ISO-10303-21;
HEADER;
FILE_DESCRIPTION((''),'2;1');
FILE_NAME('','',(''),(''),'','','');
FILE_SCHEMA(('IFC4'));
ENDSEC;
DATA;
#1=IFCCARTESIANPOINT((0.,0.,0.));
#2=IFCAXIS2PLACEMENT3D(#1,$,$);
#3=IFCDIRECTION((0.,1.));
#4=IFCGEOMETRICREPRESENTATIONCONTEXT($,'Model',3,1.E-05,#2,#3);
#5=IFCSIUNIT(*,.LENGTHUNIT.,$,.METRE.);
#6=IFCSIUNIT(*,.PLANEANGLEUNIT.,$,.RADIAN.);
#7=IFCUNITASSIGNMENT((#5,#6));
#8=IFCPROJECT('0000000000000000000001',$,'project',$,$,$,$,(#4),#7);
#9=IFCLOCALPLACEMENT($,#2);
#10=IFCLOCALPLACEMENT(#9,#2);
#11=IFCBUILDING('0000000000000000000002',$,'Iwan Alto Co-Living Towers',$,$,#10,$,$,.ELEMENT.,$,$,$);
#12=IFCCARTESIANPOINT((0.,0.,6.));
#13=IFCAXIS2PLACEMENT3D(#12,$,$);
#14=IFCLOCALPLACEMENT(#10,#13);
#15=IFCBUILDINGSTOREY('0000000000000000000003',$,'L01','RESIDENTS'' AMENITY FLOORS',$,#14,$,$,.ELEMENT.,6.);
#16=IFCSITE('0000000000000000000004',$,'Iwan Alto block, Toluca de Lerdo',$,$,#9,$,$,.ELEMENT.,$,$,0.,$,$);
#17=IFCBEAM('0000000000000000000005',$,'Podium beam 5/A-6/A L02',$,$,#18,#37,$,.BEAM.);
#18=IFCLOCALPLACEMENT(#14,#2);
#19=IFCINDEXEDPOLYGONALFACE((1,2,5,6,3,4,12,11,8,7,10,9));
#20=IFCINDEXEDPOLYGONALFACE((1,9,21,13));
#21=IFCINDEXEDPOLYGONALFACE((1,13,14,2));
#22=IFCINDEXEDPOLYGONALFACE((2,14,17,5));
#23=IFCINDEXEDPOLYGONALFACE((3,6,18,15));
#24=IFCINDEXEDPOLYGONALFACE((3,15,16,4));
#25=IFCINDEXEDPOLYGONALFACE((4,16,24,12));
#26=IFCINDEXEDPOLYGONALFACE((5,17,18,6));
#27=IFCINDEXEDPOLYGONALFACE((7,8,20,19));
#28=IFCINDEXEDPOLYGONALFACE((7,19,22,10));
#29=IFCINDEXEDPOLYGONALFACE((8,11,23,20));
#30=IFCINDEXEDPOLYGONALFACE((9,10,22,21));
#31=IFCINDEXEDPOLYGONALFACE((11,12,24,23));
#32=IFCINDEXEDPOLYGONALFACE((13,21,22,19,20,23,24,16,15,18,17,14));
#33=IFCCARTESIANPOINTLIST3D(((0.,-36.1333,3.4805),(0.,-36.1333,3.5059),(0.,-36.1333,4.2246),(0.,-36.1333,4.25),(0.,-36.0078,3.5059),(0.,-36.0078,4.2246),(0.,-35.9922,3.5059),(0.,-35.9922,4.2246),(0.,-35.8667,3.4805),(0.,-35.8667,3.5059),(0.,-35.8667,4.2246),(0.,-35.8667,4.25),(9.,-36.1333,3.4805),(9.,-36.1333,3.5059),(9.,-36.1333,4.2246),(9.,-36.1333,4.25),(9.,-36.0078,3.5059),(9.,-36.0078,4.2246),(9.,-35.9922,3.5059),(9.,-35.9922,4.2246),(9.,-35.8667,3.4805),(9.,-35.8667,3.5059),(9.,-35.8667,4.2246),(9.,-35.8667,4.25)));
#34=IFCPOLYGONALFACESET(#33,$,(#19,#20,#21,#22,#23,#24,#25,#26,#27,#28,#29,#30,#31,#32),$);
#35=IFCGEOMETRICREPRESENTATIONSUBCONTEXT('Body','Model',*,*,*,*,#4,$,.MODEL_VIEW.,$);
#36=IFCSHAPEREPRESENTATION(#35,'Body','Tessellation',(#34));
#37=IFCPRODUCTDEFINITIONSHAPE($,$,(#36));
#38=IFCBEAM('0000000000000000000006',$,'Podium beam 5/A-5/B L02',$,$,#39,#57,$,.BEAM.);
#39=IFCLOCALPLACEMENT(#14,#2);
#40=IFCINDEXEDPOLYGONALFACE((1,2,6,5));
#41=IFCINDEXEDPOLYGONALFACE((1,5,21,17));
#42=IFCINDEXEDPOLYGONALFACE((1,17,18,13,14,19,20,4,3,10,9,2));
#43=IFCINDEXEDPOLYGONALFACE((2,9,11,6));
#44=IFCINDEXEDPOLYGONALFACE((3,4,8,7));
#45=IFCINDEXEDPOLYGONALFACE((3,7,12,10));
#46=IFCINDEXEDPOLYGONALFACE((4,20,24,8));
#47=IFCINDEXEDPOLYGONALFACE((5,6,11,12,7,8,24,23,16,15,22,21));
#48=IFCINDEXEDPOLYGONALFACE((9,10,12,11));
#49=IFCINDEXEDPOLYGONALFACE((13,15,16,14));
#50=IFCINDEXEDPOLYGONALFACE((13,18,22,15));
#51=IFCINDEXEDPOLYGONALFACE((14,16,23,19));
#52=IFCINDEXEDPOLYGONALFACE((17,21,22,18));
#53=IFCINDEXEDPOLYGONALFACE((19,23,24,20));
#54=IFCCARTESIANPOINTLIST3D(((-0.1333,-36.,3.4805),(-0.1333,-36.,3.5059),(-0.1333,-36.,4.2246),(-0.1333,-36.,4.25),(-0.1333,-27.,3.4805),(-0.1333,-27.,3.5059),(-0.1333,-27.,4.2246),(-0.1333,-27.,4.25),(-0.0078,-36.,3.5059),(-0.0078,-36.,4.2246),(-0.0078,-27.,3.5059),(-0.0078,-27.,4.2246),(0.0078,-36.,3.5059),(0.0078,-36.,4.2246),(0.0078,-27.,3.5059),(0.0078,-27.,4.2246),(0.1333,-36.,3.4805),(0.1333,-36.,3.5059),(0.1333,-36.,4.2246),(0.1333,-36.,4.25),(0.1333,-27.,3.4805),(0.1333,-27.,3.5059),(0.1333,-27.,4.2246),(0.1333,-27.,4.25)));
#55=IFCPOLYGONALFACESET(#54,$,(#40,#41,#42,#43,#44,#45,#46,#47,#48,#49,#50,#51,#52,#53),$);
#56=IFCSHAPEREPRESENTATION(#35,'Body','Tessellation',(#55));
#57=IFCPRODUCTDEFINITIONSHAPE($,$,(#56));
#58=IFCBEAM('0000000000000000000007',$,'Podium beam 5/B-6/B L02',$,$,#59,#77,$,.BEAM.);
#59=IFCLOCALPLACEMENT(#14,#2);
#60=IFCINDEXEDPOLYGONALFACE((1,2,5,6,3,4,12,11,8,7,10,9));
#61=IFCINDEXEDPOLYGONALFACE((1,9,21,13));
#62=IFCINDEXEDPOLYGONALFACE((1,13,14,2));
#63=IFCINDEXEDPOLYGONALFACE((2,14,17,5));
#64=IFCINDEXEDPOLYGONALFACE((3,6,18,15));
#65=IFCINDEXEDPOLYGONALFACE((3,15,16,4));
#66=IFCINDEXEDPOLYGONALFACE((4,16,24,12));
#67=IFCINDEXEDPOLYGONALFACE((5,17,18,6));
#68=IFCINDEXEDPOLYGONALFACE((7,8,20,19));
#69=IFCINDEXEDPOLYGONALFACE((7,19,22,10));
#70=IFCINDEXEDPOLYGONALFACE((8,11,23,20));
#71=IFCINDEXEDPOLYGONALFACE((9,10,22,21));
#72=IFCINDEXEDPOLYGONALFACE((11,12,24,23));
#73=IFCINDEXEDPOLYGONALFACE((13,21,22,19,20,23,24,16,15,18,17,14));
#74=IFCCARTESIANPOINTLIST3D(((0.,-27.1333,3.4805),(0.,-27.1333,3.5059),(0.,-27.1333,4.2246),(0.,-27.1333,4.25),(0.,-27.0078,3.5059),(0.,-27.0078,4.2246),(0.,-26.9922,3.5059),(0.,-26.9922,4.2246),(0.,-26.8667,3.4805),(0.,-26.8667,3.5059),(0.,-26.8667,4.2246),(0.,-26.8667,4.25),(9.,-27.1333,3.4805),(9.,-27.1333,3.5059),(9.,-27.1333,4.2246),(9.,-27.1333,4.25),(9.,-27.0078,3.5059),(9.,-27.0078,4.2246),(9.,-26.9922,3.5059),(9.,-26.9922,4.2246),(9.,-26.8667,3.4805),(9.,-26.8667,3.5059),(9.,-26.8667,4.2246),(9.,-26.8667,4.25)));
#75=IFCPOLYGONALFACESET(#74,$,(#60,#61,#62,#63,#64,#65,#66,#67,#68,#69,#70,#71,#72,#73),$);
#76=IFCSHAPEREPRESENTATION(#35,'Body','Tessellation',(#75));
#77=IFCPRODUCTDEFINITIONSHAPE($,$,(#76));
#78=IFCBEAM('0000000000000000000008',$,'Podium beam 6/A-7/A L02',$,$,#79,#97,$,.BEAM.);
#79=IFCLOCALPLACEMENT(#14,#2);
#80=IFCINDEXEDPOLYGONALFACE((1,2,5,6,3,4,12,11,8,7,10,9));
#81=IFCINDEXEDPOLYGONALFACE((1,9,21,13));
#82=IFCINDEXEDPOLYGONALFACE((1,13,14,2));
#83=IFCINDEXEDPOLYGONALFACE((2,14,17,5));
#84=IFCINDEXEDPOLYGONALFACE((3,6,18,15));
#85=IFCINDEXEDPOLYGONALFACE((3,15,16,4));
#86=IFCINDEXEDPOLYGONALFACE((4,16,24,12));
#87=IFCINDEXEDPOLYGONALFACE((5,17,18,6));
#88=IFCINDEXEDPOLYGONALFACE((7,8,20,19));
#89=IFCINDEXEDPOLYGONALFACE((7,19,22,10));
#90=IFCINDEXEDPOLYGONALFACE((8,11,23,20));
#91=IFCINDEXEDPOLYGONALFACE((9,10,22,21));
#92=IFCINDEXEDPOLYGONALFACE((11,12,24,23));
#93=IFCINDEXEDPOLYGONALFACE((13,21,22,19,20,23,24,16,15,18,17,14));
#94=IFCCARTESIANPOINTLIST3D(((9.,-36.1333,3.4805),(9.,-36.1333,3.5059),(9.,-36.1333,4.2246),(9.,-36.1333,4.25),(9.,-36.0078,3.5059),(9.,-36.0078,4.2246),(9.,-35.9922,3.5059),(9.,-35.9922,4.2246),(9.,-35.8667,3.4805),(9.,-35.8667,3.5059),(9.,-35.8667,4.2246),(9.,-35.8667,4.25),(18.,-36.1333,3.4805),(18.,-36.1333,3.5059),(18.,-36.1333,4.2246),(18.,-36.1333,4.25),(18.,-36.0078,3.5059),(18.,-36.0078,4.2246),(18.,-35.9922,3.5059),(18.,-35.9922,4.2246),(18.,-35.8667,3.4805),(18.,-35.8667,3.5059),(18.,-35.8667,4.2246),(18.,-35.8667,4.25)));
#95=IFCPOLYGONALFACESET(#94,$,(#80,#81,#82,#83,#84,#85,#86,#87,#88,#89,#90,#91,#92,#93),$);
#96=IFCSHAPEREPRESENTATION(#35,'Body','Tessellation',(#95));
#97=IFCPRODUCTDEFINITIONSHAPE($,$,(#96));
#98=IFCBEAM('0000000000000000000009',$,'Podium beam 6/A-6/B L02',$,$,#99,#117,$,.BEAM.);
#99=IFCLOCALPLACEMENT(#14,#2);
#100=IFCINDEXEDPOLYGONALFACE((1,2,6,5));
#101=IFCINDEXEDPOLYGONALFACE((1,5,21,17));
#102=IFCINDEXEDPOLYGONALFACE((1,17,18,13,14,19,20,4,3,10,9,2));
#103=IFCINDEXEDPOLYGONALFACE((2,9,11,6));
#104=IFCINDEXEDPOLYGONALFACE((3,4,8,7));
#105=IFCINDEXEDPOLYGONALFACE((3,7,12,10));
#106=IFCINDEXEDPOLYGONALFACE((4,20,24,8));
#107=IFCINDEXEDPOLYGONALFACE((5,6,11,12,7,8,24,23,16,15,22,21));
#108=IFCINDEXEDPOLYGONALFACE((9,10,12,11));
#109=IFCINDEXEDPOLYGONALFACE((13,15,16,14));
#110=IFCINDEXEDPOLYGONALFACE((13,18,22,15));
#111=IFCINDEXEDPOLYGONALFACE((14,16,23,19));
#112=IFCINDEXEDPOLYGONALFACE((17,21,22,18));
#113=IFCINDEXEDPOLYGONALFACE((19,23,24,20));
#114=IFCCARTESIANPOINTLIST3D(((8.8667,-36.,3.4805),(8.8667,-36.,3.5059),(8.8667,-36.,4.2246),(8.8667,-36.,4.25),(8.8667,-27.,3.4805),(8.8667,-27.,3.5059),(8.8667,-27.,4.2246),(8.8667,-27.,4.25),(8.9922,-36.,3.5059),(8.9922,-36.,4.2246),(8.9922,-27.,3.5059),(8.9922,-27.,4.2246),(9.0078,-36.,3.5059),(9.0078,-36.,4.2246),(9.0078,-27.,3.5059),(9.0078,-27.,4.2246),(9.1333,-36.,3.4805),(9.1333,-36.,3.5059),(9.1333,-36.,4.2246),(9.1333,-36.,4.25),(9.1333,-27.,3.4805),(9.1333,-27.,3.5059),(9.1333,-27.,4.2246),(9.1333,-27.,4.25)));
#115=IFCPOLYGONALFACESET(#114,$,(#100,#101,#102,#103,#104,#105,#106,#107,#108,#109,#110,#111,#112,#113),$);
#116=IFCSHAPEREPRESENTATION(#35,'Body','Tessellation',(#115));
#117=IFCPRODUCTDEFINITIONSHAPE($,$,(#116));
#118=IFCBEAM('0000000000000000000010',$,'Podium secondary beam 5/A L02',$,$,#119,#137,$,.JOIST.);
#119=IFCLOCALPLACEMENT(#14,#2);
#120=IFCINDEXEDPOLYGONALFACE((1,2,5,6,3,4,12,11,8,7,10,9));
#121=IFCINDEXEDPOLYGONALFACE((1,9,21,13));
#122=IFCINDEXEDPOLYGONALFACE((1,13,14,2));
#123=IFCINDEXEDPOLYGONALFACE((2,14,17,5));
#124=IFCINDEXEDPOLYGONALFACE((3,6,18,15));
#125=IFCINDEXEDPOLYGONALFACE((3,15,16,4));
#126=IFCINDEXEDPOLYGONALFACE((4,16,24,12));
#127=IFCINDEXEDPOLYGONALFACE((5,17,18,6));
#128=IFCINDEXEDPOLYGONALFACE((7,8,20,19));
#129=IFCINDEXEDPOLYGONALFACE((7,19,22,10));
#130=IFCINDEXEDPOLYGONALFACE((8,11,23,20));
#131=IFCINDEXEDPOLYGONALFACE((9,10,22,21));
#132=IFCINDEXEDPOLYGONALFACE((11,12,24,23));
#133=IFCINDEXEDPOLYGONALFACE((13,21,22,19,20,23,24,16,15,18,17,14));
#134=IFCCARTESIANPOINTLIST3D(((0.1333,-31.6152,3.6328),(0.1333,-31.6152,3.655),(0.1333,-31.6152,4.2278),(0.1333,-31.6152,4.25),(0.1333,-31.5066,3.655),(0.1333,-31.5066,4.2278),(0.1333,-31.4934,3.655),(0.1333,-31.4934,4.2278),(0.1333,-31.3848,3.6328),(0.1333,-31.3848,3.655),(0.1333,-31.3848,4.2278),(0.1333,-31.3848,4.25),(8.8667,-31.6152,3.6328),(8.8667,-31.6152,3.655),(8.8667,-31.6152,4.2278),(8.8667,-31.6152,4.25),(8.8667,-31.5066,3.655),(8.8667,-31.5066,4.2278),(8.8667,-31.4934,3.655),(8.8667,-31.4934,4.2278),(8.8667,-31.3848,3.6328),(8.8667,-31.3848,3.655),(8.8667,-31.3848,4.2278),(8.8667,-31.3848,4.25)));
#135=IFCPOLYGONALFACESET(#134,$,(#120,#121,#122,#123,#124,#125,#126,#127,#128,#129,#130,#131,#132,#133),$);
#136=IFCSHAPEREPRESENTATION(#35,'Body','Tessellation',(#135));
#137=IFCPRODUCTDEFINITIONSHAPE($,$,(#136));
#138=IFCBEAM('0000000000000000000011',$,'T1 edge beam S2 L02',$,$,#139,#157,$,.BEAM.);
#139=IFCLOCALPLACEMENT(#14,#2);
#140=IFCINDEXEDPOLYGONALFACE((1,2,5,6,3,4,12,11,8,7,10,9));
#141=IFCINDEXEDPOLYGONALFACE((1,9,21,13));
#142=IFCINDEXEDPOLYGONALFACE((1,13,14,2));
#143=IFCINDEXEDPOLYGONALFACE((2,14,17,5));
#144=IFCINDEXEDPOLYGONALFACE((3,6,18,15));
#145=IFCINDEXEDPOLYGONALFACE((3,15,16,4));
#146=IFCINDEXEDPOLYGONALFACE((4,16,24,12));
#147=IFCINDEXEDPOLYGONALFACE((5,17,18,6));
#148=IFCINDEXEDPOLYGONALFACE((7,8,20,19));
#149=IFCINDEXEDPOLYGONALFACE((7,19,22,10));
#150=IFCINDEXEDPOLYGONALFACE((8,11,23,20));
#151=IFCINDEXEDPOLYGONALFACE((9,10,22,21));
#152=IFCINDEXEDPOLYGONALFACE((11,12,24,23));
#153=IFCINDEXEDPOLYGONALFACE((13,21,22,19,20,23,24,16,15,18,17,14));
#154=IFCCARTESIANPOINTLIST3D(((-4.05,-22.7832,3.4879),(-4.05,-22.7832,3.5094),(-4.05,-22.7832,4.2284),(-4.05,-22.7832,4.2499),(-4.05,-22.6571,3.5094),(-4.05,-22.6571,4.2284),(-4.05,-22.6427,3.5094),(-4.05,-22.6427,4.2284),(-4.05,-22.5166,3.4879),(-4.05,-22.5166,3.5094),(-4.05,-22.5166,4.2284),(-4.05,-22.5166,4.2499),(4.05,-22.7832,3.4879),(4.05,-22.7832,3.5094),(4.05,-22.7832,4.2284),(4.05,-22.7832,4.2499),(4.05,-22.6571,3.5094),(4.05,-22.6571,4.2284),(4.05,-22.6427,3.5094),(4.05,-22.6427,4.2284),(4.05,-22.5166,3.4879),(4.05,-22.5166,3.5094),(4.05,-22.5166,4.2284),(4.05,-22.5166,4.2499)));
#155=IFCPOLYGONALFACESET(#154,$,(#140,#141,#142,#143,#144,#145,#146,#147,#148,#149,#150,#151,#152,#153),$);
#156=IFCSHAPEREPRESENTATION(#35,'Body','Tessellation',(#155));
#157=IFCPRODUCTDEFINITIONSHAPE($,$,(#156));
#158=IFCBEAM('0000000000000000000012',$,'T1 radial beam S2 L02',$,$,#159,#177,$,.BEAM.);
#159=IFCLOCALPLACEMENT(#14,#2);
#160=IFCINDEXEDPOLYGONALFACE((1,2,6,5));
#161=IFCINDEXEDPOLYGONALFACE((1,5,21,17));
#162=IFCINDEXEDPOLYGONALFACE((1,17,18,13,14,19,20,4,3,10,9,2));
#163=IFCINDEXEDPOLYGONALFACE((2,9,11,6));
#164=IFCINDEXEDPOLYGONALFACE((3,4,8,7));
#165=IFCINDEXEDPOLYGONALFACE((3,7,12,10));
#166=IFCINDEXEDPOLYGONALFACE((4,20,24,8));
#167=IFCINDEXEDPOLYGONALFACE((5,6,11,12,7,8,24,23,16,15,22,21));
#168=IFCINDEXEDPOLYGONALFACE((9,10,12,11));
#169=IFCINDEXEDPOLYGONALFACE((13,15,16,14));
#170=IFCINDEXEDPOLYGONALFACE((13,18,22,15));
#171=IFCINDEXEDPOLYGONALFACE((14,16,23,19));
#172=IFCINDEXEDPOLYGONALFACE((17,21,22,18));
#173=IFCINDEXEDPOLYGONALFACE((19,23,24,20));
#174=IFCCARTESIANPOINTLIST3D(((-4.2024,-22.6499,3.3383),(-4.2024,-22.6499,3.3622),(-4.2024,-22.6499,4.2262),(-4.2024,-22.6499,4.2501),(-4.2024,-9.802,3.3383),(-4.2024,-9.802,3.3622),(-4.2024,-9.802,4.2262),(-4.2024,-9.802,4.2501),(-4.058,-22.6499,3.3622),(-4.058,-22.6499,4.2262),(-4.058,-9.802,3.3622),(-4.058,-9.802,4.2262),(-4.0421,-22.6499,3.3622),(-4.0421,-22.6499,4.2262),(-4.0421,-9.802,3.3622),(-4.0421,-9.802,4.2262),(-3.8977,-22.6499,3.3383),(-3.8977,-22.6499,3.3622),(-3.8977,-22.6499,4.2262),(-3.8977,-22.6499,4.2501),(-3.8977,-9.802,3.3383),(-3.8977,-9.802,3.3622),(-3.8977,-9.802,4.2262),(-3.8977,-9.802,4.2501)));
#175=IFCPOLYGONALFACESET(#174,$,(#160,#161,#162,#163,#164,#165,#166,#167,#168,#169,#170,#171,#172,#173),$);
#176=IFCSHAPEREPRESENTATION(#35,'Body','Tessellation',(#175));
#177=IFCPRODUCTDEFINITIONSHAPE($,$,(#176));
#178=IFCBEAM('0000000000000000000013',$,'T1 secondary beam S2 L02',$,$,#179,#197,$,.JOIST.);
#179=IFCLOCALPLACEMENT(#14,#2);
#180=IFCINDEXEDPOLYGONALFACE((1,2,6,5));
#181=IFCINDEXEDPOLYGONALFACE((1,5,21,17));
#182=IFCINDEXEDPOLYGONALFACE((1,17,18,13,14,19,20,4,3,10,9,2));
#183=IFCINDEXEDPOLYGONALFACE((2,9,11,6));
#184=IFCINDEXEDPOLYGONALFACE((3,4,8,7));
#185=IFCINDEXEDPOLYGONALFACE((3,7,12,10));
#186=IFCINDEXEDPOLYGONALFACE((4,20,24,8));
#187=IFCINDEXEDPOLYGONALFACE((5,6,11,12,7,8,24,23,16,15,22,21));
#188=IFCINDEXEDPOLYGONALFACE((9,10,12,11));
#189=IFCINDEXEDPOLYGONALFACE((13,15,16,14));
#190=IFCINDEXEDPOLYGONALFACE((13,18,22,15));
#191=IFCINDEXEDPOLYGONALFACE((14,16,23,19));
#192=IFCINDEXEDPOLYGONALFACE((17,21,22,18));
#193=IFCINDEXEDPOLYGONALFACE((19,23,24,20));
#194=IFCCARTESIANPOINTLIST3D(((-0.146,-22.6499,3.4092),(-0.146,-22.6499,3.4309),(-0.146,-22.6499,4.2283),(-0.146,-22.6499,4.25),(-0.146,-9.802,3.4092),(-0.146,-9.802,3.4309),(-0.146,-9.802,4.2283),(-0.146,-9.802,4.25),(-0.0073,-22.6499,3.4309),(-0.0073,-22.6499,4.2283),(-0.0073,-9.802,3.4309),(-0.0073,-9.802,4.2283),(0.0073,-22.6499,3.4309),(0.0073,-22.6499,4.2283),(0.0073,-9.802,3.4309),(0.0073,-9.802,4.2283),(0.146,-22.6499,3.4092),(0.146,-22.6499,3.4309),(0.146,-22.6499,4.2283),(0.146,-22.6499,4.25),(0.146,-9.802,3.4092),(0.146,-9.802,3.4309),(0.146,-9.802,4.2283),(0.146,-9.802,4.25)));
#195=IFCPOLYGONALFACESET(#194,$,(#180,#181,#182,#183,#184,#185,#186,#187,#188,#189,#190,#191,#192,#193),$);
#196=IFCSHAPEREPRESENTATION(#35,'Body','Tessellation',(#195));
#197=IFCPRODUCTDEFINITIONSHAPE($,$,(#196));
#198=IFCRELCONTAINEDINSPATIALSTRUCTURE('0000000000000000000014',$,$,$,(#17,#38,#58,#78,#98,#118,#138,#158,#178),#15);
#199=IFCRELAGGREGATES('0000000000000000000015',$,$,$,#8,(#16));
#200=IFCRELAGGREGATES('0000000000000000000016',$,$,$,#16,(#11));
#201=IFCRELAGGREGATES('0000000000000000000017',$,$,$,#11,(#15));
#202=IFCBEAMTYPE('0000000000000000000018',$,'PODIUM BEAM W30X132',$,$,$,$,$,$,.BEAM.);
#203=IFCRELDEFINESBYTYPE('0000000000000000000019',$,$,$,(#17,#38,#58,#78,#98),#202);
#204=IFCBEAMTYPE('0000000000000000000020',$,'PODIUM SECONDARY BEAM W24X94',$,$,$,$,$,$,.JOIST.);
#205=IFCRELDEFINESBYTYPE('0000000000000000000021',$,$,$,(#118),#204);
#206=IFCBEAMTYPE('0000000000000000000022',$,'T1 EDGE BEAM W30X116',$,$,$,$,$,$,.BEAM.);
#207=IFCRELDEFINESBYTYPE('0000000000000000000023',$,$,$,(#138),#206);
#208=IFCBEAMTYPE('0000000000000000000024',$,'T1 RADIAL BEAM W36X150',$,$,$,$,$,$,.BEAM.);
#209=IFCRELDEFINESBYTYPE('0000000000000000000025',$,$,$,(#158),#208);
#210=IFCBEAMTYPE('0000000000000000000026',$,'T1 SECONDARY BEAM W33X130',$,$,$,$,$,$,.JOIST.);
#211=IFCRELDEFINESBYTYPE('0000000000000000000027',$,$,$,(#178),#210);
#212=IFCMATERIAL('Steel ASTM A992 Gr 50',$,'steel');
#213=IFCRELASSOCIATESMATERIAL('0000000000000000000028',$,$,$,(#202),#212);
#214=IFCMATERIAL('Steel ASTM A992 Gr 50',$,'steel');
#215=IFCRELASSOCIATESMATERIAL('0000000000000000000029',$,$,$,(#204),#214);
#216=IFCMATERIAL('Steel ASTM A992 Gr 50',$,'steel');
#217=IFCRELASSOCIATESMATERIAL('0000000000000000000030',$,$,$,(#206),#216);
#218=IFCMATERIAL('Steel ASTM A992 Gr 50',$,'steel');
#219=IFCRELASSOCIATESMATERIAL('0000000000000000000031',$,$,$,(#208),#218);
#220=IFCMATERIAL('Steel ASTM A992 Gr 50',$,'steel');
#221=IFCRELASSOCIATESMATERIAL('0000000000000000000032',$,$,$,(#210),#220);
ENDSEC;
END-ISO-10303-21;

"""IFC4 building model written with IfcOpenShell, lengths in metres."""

from ifc_helpers import new_model, si_unit, direction, frame, origin, origin_2d, place, context, subcontext, project, spatial, i_section, extrude, material, material_profile, profile_set, type_object, element, save


model = new_model("IFC4")

# Units and contexts
model_context = context("Model", 3, precision=1e-05, world=origin(), true_north=direction((0.0, 1.0)))
body_context = subcontext(model_context, "Body", "Model", "MODEL_VIEW")
ifc_project = project(units=[si_unit("LENGTHUNIT", "METRE"), si_unit("PLANEANGLEUNIT", "RADIAN")], contexts=[model_context])

# Site, building, storey
site_placement = place(None, origin())
site = spatial("IfcSite", under=ifc_project, at=site_placement, Name="Iwan Alto block, Toluca de Lerdo", CompositionType="ELEMENT", RefElevation=0.0)
building_placement = place(site_placement, origin())
building = spatial("IfcBuilding", under=site, at=building_placement, Name="Iwan Alto Co-Living Towers", CompositionType="ELEMENT")
storey_placement = place(building_placement, frame((0.0, 0.0, 6.0)))
storey = spatial("IfcBuildingStorey", under=building, at=storey_placement, Name="L01", Description="RESIDENTS' AMENITY FLOORS", CompositionType="ELEMENT", Elevation=6.0)

# Beams
ifc_material_1 = material(Name="Steel ASTM A992 Gr 50", Category="steel")
ifc_material_profile_1 = material_profile(ifc_material_1, i_section(OverallWidth=0.2666, OverallDepth=0.7695, WebThickness=0.0156, FlangeThickness=0.0254, at=origin_2d()), Name="W30X132")
ifc_profile_set_1 = profile_set([ifc_material_profile_1], Name="Steel ASTM A992 Gr 50")
beam_type_1 = type_object("IfcBeamType", Name="PODIUM BEAM W30X132", PredefinedType="BEAM", material=ifc_profile_set_1)
for number, where, z_axis, x_axis, name in (
    (1, (0.0, -36.0, 3.8652), (1.0, 0.0, 0.0), (0.0, 1.0, 0.0), "Podium beam 5/A-6/A L02"),
    (2, (0.0, -36.0, 3.8652), (0.0, 1.0, 0.0), (-1.0, 0.0, 0.0), "Podium beam 5/A-5/B L02"),
    (3, (0.0, -27.0, 3.8652), (1.0, 0.0, 0.0), (0.0, 1.0, 0.0), "Podium beam 5/B-6/B L02"),
    (4, (9.0, -36.0, 3.8652), (1.0, 0.0, 0.0), (0.0, 1.0, 0.0), "Podium beam 6/A-7/A L02"),
    (5, (9.0, -36.0, 3.8652), (0.0, 1.0, 0.0), (-1.0, 0.0, 0.0), "Podium beam 6/A-6/B L02"),
):
    element("IfcBeam", number, at=place(storey_placement, frame(where, z_axis=z_axis, x_axis=x_axis)), inside=storey, type_object=beam_type_1, Name=name, PredefinedType="BEAM", context=body_context, shape_type="SweptSolid", body=[
        extrude(i_section(OverallWidth=0.2666, OverallDepth=0.7695, WebThickness=0.0156, FlangeThickness=0.0254, at=origin_2d()), origin(), (0.0, 0.0, 1.0), 9.0),
    ])
ifc_material_2 = material(Name="Steel ASTM A992 Gr 50", Category="steel")
ifc_material_profile_2 = material_profile(ifc_material_2, i_section(OverallWidth=0.2305, OverallDepth=0.6172, WebThickness=0.0132, FlangeThickness=0.0222, at=origin_2d()), Name="W24X94")
ifc_profile_set_2 = profile_set([ifc_material_profile_2], Name="Steel ASTM A992 Gr 50")
beam_type_2 = type_object("IfcBeamType", Name="PODIUM SECONDARY BEAM W24X94", PredefinedType="JOIST", material=ifc_profile_set_2)
beam_1_placement = place(storey_placement, frame((0.1333, -31.5, 3.9414), z_axis=(1.0, 0.0, 0.0), x_axis=(0.0, 1.0, 0.0)))
element("IfcBeam", 6, at=beam_1_placement, inside=storey, type_object=beam_type_2, Name="Podium secondary beam 5/A L02", PredefinedType="JOIST", context=body_context, shape_type="SweptSolid", body=[
    extrude(i_section(OverallWidth=0.2305, OverallDepth=0.6172, WebThickness=0.0132, FlangeThickness=0.0222, at=origin_2d()), origin(), (0.0, 0.0, 1.0), 8.7334),
])
ifc_material_3 = material(Name="Steel ASTM A992 Gr 50", Category="steel")
ifc_material_profile_3 = material_profile(ifc_material_3, i_section(OverallWidth=0.2666, OverallDepth=0.762, WebThickness=0.0144, FlangeThickness=0.0215, at=origin_2d()), Name="W30X116")
ifc_profile_set_3 = profile_set([ifc_material_profile_3], Name="Steel ASTM A992 Gr 50")
beam_type_3 = type_object("IfcBeamType", Name="T1 EDGE BEAM W30X116", PredefinedType="BEAM", material=ifc_profile_set_3)
beam_2_placement = place(storey_placement, frame((-4.05, -22.6499, 3.8689), z_axis=(1.0, 0.0, 0.0), x_axis=(0.0, 1.0, 0.0)))
element("IfcBeam", 7, at=beam_2_placement, inside=storey, type_object=beam_type_3, Name="T1 edge beam S2 L02", PredefinedType="BEAM", context=body_context, shape_type="SweptSolid", body=[
    extrude(i_section(OverallWidth=0.2666, OverallDepth=0.762, WebThickness=0.0144, FlangeThickness=0.0215, at=origin_2d()), origin(), (0.0, 0.0, 1.0), 8.1001),
])
ifc_material_4 = material(Name="Steel ASTM A992 Gr 50", Category="steel")
ifc_material_profile_4 = material_profile(ifc_material_4, i_section(OverallWidth=0.3047, OverallDepth=0.9119, WebThickness=0.0159, FlangeThickness=0.0239, at=origin_2d()), Name="W36X150")
ifc_profile_set_4 = profile_set([ifc_material_profile_4], Name="Steel ASTM A992 Gr 50")
beam_type_4 = type_object("IfcBeamType", Name="T1 RADIAL BEAM W36X150", PredefinedType="BEAM", material=ifc_profile_set_4)
beam_3_placement = place(storey_placement, frame((-4.05, -22.6499, 3.7942), z_axis=(0.0, 1.0, 0.0), x_axis=(-1.0, 0.0, 0.0)))
element("IfcBeam", 8, at=beam_3_placement, inside=storey, type_object=beam_type_4, Name="T1 radial beam S2 L02", PredefinedType="BEAM", context=body_context, shape_type="SweptSolid", body=[
    extrude(i_section(OverallWidth=0.3047, OverallDepth=0.9119, WebThickness=0.0159, FlangeThickness=0.0239, at=origin_2d()), origin(), (0.0, 0.0, 1.0), 12.8479),
])
ifc_material_5 = material(Name="Steel ASTM A992 Gr 50", Category="steel")
ifc_material_profile_5 = material_profile(ifc_material_5, i_section(OverallWidth=0.292, OverallDepth=0.8408, WebThickness=0.0146, FlangeThickness=0.0217, at=origin_2d()), Name="W33X130")
ifc_profile_set_5 = profile_set([ifc_material_profile_5], Name="Steel ASTM A992 Gr 50")
beam_type_5 = type_object("IfcBeamType", Name="T1 SECONDARY BEAM W33X130", PredefinedType="JOIST", material=ifc_profile_set_5)
beam_4_placement = place(storey_placement, frame((0.0, -22.6499, 3.8296), z_axis=(0.0, 1.0, 0.0), x_axis=(-1.0, 0.0, 0.0)))
element("IfcBeam", 9, at=beam_4_placement, inside=storey, type_object=beam_type_5, Name="T1 secondary beam S2 L02", PredefinedType="JOIST", context=body_context, shape_type="SweptSolid", body=[
    extrude(i_section(OverallWidth=0.292, OverallDepth=0.8408, WebThickness=0.0146, FlangeThickness=0.0217, at=origin_2d()), origin(), (0.0, 0.0, 1.0), 12.8479),
])

save(model, "model.ifc")
